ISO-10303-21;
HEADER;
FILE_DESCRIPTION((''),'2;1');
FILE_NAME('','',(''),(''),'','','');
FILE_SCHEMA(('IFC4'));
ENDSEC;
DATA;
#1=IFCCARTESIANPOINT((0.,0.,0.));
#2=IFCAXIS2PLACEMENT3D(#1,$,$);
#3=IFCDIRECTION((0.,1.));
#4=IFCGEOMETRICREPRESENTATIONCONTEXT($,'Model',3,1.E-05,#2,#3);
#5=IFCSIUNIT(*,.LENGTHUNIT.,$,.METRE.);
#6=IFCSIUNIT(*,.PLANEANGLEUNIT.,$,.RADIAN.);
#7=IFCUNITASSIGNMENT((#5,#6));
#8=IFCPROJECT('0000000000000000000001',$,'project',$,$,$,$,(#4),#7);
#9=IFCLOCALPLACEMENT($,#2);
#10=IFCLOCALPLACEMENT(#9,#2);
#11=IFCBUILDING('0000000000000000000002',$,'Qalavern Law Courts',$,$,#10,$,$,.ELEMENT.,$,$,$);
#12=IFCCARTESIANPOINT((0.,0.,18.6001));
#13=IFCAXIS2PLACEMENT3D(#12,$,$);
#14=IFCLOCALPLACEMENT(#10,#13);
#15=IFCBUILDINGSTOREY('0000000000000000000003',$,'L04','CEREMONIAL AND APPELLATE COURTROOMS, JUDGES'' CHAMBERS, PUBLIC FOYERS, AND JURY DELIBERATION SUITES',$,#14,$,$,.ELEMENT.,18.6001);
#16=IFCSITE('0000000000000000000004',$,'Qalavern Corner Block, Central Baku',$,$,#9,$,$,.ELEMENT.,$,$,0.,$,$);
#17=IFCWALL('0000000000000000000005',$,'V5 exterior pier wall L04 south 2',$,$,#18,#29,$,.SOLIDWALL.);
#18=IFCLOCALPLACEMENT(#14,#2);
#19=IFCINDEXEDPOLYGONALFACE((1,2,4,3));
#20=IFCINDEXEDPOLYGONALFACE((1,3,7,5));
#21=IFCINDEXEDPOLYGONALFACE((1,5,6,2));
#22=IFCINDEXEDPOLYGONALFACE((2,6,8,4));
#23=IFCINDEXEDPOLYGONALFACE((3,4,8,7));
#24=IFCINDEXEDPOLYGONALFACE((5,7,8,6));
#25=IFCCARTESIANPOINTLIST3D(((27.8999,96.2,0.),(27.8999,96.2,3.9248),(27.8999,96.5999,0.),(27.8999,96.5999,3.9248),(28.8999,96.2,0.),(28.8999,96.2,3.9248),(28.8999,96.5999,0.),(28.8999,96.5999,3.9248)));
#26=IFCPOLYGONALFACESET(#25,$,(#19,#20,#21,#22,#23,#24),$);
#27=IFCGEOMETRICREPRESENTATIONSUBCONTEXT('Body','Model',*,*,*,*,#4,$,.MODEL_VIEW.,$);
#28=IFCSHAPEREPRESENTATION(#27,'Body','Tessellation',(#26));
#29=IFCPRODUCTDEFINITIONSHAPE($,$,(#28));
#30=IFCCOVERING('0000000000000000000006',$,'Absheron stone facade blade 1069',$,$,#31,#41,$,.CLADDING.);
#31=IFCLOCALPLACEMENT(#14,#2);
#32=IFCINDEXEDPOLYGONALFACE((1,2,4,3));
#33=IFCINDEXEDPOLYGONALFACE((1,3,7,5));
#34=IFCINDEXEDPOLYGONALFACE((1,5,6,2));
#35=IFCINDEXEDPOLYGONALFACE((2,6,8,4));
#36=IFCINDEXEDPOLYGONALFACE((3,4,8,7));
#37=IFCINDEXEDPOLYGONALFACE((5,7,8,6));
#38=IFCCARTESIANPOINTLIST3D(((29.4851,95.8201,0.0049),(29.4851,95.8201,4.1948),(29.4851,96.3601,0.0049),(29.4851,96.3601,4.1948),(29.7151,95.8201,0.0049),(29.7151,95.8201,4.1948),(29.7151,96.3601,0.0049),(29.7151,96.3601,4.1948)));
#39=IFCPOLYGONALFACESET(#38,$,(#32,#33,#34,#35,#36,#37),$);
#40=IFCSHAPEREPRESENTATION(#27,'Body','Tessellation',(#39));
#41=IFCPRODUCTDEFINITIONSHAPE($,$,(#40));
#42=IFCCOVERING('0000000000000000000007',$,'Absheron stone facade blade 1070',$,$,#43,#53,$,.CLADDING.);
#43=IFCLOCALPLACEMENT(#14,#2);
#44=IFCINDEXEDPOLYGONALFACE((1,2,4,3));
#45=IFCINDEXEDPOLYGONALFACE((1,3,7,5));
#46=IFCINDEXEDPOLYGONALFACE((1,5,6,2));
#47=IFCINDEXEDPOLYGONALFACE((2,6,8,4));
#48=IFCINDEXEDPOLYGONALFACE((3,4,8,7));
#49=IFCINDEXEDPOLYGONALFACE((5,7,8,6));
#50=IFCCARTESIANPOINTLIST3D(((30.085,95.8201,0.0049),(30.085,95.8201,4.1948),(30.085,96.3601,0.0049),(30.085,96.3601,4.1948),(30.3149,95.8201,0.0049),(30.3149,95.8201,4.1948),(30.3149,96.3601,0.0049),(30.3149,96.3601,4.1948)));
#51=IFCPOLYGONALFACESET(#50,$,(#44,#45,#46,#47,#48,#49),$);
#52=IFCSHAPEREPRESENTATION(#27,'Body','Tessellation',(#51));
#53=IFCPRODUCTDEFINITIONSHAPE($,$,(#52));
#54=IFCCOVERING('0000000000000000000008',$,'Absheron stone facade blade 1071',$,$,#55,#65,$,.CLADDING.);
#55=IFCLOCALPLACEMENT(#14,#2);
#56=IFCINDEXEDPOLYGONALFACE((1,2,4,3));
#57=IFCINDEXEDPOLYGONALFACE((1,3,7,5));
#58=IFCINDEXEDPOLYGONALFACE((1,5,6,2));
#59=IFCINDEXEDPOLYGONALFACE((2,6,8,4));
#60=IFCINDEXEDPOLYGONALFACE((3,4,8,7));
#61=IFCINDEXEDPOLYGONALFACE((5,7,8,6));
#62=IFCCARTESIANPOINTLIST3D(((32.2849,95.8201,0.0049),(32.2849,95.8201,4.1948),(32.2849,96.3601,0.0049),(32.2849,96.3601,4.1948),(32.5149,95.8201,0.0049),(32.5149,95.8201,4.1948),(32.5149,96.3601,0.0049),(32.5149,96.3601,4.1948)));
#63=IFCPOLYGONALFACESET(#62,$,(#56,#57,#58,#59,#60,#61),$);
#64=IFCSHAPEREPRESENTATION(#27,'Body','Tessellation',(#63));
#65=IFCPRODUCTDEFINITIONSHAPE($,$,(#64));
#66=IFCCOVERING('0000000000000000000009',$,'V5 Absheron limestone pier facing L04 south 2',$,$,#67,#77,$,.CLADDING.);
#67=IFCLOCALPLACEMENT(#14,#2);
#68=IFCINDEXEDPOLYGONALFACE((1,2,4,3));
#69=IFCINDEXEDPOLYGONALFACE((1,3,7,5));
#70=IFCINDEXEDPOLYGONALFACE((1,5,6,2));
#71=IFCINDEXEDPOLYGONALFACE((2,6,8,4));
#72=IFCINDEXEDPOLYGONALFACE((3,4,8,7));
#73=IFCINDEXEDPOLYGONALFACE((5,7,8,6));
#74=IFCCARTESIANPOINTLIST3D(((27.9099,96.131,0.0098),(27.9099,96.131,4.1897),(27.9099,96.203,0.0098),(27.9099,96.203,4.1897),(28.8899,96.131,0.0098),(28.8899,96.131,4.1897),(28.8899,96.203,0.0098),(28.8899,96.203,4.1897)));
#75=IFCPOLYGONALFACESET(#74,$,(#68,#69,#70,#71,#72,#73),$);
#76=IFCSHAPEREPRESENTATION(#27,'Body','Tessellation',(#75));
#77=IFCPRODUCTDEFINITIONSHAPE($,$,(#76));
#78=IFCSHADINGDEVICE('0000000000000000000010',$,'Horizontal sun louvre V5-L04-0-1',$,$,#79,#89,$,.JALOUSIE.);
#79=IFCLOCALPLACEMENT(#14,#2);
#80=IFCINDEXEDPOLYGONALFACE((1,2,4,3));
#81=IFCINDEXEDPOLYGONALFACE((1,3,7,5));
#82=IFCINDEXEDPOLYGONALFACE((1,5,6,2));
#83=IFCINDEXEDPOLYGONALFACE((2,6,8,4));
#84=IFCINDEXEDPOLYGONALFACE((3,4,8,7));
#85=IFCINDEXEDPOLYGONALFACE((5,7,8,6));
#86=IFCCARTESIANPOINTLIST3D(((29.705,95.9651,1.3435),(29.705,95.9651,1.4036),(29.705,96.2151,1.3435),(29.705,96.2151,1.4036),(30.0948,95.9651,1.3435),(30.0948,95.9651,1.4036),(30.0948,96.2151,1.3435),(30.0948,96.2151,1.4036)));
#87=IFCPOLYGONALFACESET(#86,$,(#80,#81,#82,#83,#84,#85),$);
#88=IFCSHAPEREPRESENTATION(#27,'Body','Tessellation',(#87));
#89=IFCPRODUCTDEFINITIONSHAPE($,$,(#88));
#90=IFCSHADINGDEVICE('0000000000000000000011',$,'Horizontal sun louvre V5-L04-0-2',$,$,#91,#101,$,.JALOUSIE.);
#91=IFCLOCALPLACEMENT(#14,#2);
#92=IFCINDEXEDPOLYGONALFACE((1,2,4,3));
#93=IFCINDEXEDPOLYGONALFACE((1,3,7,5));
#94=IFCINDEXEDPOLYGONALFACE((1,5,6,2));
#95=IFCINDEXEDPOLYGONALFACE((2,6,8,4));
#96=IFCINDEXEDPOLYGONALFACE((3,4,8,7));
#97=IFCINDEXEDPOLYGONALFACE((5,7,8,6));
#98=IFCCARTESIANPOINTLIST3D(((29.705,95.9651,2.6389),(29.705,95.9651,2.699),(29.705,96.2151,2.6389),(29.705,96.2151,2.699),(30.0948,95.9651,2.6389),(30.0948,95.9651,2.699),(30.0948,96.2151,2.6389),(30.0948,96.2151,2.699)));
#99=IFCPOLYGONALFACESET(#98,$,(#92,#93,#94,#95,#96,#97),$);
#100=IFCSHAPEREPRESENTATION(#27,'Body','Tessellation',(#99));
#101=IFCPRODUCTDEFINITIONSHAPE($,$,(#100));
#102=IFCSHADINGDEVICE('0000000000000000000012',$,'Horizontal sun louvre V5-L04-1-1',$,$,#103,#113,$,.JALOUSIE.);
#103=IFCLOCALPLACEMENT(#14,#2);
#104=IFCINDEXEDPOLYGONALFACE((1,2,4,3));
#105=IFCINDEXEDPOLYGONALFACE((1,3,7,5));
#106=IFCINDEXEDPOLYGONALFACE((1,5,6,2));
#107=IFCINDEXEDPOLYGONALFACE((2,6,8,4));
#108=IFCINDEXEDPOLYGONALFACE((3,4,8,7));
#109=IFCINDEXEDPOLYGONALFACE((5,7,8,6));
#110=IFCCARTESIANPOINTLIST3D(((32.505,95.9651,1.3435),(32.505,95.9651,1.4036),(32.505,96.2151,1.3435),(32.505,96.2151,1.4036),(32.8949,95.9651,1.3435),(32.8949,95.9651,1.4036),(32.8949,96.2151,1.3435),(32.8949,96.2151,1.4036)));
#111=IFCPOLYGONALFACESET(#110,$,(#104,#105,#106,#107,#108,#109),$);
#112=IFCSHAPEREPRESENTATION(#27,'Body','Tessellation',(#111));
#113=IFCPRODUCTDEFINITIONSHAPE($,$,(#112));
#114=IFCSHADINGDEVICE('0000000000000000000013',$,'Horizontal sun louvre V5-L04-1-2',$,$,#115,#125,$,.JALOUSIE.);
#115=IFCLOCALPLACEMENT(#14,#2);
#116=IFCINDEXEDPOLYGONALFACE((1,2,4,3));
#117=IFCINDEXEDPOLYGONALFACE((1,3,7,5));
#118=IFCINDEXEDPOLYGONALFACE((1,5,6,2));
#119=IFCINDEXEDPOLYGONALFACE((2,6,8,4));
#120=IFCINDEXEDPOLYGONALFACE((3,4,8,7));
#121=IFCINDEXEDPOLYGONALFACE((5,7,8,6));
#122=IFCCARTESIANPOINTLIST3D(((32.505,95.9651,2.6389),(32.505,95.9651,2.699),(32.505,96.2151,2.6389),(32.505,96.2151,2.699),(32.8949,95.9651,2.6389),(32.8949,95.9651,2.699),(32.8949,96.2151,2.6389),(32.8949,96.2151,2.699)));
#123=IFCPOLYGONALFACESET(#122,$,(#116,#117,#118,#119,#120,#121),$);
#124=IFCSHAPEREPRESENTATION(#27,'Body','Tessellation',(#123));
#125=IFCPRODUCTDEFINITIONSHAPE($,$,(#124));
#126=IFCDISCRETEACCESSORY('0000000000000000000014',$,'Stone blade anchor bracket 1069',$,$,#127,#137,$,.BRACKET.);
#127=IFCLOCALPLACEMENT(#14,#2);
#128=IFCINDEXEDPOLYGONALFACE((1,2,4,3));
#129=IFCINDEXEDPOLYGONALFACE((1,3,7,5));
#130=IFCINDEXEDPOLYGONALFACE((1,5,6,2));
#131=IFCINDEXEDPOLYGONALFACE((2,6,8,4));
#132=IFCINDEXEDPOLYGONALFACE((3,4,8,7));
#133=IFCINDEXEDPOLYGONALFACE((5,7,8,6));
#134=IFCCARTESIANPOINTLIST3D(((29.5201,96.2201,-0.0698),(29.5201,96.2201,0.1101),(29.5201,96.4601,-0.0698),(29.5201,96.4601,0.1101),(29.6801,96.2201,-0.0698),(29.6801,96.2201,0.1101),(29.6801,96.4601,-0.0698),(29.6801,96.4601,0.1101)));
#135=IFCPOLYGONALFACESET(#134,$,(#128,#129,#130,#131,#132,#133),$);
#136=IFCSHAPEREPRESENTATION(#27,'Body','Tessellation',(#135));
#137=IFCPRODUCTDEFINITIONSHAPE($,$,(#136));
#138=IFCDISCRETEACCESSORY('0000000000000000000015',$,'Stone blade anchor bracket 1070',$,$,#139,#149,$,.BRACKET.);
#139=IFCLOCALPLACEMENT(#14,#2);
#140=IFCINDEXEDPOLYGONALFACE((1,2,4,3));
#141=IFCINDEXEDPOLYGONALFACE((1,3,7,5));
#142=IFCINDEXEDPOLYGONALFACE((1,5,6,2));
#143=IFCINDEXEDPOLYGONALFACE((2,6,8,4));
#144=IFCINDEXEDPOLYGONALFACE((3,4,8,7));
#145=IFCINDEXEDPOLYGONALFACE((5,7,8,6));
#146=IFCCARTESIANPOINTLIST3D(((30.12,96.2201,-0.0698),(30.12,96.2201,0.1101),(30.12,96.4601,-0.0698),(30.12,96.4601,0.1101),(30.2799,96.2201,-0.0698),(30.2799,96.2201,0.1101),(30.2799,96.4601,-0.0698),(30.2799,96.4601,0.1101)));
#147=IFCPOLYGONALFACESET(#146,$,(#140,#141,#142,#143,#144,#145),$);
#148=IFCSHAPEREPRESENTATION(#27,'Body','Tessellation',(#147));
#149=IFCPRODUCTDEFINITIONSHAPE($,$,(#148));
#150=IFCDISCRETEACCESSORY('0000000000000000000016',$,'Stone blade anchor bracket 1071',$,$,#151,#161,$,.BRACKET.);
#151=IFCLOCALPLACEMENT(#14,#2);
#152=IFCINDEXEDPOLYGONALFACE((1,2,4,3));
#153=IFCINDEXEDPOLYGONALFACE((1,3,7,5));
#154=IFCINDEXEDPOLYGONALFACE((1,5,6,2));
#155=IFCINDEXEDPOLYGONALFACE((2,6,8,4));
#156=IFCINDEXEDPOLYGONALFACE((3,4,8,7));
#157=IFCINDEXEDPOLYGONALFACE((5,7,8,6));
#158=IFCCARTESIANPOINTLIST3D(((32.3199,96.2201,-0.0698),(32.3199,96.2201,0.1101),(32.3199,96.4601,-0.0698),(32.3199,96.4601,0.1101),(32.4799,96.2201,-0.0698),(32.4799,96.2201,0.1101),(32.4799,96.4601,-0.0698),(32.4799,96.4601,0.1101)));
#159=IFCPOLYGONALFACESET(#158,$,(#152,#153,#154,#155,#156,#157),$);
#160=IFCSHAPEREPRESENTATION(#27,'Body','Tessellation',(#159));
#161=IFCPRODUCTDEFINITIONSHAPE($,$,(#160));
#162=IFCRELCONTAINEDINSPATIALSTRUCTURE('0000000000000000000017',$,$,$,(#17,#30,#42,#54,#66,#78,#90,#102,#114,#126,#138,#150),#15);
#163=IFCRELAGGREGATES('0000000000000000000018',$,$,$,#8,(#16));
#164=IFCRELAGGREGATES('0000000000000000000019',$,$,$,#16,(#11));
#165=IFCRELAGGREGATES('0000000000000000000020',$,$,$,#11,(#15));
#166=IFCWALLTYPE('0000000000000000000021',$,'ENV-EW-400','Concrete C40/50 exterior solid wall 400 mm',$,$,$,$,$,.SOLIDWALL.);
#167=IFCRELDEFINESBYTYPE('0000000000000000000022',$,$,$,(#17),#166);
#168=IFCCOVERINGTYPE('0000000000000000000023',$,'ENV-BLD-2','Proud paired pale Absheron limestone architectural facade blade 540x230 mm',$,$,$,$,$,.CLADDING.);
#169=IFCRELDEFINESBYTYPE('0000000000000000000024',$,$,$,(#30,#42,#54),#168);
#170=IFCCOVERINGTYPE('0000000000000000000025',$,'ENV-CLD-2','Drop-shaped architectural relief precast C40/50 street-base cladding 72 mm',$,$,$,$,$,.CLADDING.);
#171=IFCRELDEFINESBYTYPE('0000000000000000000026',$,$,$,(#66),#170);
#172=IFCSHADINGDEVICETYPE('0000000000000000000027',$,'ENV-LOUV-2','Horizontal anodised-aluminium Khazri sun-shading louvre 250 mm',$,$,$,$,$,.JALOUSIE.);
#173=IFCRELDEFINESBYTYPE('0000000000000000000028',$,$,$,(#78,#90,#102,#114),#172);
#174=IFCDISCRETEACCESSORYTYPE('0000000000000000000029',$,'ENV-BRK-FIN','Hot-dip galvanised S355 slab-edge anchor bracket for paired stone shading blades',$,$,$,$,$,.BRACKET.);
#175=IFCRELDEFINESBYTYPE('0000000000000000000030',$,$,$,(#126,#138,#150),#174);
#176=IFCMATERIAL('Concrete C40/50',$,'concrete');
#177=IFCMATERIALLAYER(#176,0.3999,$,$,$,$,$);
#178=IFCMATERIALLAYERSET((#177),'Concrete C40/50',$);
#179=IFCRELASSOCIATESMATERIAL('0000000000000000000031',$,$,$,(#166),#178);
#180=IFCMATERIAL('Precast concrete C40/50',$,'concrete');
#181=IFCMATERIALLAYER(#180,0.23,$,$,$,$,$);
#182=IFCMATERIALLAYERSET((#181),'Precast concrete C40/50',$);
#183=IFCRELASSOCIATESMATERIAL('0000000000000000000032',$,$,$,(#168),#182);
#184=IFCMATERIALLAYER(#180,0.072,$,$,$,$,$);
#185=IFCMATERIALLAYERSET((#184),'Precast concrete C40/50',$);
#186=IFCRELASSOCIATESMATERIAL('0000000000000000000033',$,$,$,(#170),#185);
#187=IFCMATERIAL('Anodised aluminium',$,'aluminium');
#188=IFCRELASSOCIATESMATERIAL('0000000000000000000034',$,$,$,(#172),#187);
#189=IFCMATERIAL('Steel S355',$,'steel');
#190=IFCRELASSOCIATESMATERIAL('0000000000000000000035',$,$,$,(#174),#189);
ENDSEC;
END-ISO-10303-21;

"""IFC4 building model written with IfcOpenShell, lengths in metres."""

from ifc_helpers import new_model, si_unit, direction, frame, frame_2d, origin, origin_2d, place, context, subcontext, project, spatial, rectangle, extrude, material, layer, layer_set, type_object, element, save


model = new_model("IFC4")

# Units and contexts
model_context = context("Model", 3, precision=1e-05, world=origin(), true_north=direction((0.0, 1.0)))
body_context = subcontext(model_context, "Body", "Model", "MODEL_VIEW")
ifc_project = project(units=[si_unit("LENGTHUNIT", "METRE"), si_unit("PLANEANGLEUNIT", "RADIAN")], contexts=[model_context])

# Site, building, storey
site_placement = place(None, origin())
site = spatial("IfcSite", under=ifc_project, at=site_placement, Name="Qalavern Corner Block, Central Baku", CompositionType="ELEMENT", RefElevation=0.0)
building_placement = place(site_placement, origin())
building = spatial("IfcBuilding", under=site, at=building_placement, Name="Qalavern Law Courts", CompositionType="ELEMENT")
storey_placement = place(building_placement, frame((0.0, 0.0, 18.6001)))
storey = spatial("IfcBuildingStorey", under=building, at=storey_placement, Name="L04", Description="CEREMONIAL AND APPELLATE COURTROOMS, JUDGES' CHAMBERS, PUBLIC FOYERS, AND JURY DELIBERATION SUITES", CompositionType="ELEMENT", Elevation=18.6001)

# Shared definitions
ifc_material_1 = material(Name="Anodised aluminium", Category="aluminium")

# Wall
ifc_material_2 = material(Name="Concrete C40/50", Category="concrete")
ifc_layer_1 = layer(ifc_material_2, 0.3999)
ifc_layer_set_1 = layer_set([ifc_layer_1], Name="Concrete C40/50")
wall_type = type_object("IfcWallType", Name="ENV-EW-400", Description="Concrete C40/50 exterior solid wall 400 mm", PredefinedType="SOLIDWALL", material=ifc_layer_set_1)
wall_placement = place(storey_placement, frame((27.8999, 96.3999, 0.0), z_axis=(0.0, 0.0, 1.0), x_axis=(1.0, 0.0, 0.0)))
element("IfcWall", 1, at=wall_placement, inside=storey, type_object=wall_type, Name="V5 exterior pier wall L04 south 2", PredefinedType="SOLIDWALL", context=body_context, shape_type="SweptSolid", body=[
    extrude(rectangle(XDim=1.0, YDim=0.3999, at=frame_2d((0.5, 0.0))), origin(), (0.0, 0.0, 1.0), 3.9248),
])

# Coverings
ifc_material_3 = material(Name="Precast concrete C40/50", Category="concrete")
ifc_layer_2 = layer(ifc_material_3, 0.23)
ifc_layer_set_2 = layer_set([ifc_layer_2], Name="Precast concrete C40/50")
covering_type_1 = type_object("IfcCoveringType", Name="ENV-BLD-2", Description="Proud paired pale Absheron limestone architectural facade blade 540x230 mm", PredefinedType="CLADDING", material=ifc_layer_set_2)
for number, where, z_axis, x_axis, name in (
    (2, (29.6001, 96.0901, 0.0049), (0.0, 0.0, 1.0), (0.0, -1.0, 0.0), "Absheron stone facade blade 1069"),
    (3, (30.2, 96.0901, 0.0049), (0.0, 0.0, 1.0), (0.0, -1.0, 0.0), "Absheron stone facade blade 1070"),
    (4, (32.3999, 96.0901, 0.0049), (0.0, 0.0, 1.0), (0.0, -1.0, 0.0), "Absheron stone facade blade 1071"),
):
    element("IfcCovering", number, at=place(storey_placement, frame(where, z_axis=z_axis, x_axis=x_axis)), inside=storey, type_object=covering_type_1, Name=name, PredefinedType="CLADDING", context=body_context, shape_type="SweptSolid", body=[
        extrude(rectangle(XDim=0.54, YDim=0.23, at=origin_2d()), origin(), (0.0, 0.0, 1.0), 4.1899),
    ])
ifc_layer_3 = layer(ifc_material_3, 0.072)
ifc_layer_set_3 = layer_set([ifc_layer_3], Name="Precast concrete C40/50")
covering_type_2 = type_object("IfcCoveringType", Name="ENV-CLD-2", Description="Drop-shaped architectural relief precast C40/50 street-base cladding 72 mm", PredefinedType="CLADDING", material=ifc_layer_set_3)
covering_placement = place(storey_placement, frame((28.3999, 96.167, 0.0098), z_axis=(0.0, 0.0, 1.0), x_axis=(1.0, 0.0, 0.0)))
element("IfcCovering", 5, at=covering_placement, inside=storey, type_object=covering_type_2, Name="V5 Absheron limestone pier facing L04 south 2", PredefinedType="CLADDING", context=body_context, shape_type="SweptSolid", body=[
    extrude(rectangle(XDim=0.98, YDim=0.072, at=origin_2d()), origin(), (0.0, 0.0, 1.0), 4.1799),
])

# Shading devices
shading_device_type = type_object("IfcShadingDeviceType", Name="ENV-LOUV-2", Description="Horizontal anodised-aluminium Khazri sun-shading louvre 250 mm", PredefinedType="JALOUSIE", material=ifc_material_1)
for number, where, z_axis, x_axis, name in (
    (6, (29.8999, 96.0901, 1.3435), (0.0, 0.0, 1.0), (1.0, 0.0, 0.0), "Horizontal sun louvre V5-L04-0-1"),
    (7, (29.8999, 96.0901, 2.6389), (0.0, 0.0, 1.0), (1.0, 0.0, 0.0), "Horizontal sun louvre V5-L04-0-2"),
    (8, (32.7, 96.0901, 1.3435), (0.0, 0.0, 1.0), (1.0, 0.0, 0.0), "Horizontal sun louvre V5-L04-1-1"),
    (9, (32.7, 96.0901, 2.6389), (0.0, 0.0, 1.0), (1.0, 0.0, 0.0), "Horizontal sun louvre V5-L04-1-2"),
):
    element("IfcShadingDevice", number, at=place(storey_placement, frame(where, z_axis=z_axis, x_axis=x_axis)), inside=storey, type_object=shading_device_type, Name=name, PredefinedType="JALOUSIE", context=body_context, shape_type="SweptSolid", body=[
        extrude(rectangle(XDim=0.3899, YDim=0.25, at=origin_2d()), origin(), (0.0, 0.0, 1.0), 0.0601),
    ])

# Discrete accessories
ifc_material_4 = material(Name="Steel S355", Category="steel")
discrete_accessory_type = type_object("IfcDiscreteAccessoryType", Name="ENV-BRK-FIN", Description="Hot-dip galvanised S355 slab-edge anchor bracket for paired stone shading blades", PredefinedType="BRACKET", material=ifc_material_4)
for number, where, z_axis, x_axis, name in (
    (10, (29.6001, 96.3401, -0.0698), (0.0, 0.0, 1.0), (0.0, -1.0, 0.0), "Stone blade anchor bracket 1069"),
    (11, (30.2, 96.3401, -0.0698), (0.0, 0.0, 1.0), (0.0, -1.0, 0.0), "Stone blade anchor bracket 1070"),
    (12, (32.3999, 96.3401, -0.0698), (0.0, 0.0, 1.0), (0.0, -1.0, 0.0), "Stone blade anchor bracket 1071"),
):
    element("IfcDiscreteAccessory", number, at=place(storey_placement, frame(where, z_axis=z_axis, x_axis=x_axis)), inside=storey, type_object=discrete_accessory_type, Name=name, PredefinedType="BRACKET", context=body_context, shape_type="SweptSolid", body=[
        extrude(rectangle(XDim=0.24, YDim=0.1599, at=origin_2d()), origin(), (0.0, 0.0, 1.0), 0.1799),
    ])

save(model, "model.ifc")
